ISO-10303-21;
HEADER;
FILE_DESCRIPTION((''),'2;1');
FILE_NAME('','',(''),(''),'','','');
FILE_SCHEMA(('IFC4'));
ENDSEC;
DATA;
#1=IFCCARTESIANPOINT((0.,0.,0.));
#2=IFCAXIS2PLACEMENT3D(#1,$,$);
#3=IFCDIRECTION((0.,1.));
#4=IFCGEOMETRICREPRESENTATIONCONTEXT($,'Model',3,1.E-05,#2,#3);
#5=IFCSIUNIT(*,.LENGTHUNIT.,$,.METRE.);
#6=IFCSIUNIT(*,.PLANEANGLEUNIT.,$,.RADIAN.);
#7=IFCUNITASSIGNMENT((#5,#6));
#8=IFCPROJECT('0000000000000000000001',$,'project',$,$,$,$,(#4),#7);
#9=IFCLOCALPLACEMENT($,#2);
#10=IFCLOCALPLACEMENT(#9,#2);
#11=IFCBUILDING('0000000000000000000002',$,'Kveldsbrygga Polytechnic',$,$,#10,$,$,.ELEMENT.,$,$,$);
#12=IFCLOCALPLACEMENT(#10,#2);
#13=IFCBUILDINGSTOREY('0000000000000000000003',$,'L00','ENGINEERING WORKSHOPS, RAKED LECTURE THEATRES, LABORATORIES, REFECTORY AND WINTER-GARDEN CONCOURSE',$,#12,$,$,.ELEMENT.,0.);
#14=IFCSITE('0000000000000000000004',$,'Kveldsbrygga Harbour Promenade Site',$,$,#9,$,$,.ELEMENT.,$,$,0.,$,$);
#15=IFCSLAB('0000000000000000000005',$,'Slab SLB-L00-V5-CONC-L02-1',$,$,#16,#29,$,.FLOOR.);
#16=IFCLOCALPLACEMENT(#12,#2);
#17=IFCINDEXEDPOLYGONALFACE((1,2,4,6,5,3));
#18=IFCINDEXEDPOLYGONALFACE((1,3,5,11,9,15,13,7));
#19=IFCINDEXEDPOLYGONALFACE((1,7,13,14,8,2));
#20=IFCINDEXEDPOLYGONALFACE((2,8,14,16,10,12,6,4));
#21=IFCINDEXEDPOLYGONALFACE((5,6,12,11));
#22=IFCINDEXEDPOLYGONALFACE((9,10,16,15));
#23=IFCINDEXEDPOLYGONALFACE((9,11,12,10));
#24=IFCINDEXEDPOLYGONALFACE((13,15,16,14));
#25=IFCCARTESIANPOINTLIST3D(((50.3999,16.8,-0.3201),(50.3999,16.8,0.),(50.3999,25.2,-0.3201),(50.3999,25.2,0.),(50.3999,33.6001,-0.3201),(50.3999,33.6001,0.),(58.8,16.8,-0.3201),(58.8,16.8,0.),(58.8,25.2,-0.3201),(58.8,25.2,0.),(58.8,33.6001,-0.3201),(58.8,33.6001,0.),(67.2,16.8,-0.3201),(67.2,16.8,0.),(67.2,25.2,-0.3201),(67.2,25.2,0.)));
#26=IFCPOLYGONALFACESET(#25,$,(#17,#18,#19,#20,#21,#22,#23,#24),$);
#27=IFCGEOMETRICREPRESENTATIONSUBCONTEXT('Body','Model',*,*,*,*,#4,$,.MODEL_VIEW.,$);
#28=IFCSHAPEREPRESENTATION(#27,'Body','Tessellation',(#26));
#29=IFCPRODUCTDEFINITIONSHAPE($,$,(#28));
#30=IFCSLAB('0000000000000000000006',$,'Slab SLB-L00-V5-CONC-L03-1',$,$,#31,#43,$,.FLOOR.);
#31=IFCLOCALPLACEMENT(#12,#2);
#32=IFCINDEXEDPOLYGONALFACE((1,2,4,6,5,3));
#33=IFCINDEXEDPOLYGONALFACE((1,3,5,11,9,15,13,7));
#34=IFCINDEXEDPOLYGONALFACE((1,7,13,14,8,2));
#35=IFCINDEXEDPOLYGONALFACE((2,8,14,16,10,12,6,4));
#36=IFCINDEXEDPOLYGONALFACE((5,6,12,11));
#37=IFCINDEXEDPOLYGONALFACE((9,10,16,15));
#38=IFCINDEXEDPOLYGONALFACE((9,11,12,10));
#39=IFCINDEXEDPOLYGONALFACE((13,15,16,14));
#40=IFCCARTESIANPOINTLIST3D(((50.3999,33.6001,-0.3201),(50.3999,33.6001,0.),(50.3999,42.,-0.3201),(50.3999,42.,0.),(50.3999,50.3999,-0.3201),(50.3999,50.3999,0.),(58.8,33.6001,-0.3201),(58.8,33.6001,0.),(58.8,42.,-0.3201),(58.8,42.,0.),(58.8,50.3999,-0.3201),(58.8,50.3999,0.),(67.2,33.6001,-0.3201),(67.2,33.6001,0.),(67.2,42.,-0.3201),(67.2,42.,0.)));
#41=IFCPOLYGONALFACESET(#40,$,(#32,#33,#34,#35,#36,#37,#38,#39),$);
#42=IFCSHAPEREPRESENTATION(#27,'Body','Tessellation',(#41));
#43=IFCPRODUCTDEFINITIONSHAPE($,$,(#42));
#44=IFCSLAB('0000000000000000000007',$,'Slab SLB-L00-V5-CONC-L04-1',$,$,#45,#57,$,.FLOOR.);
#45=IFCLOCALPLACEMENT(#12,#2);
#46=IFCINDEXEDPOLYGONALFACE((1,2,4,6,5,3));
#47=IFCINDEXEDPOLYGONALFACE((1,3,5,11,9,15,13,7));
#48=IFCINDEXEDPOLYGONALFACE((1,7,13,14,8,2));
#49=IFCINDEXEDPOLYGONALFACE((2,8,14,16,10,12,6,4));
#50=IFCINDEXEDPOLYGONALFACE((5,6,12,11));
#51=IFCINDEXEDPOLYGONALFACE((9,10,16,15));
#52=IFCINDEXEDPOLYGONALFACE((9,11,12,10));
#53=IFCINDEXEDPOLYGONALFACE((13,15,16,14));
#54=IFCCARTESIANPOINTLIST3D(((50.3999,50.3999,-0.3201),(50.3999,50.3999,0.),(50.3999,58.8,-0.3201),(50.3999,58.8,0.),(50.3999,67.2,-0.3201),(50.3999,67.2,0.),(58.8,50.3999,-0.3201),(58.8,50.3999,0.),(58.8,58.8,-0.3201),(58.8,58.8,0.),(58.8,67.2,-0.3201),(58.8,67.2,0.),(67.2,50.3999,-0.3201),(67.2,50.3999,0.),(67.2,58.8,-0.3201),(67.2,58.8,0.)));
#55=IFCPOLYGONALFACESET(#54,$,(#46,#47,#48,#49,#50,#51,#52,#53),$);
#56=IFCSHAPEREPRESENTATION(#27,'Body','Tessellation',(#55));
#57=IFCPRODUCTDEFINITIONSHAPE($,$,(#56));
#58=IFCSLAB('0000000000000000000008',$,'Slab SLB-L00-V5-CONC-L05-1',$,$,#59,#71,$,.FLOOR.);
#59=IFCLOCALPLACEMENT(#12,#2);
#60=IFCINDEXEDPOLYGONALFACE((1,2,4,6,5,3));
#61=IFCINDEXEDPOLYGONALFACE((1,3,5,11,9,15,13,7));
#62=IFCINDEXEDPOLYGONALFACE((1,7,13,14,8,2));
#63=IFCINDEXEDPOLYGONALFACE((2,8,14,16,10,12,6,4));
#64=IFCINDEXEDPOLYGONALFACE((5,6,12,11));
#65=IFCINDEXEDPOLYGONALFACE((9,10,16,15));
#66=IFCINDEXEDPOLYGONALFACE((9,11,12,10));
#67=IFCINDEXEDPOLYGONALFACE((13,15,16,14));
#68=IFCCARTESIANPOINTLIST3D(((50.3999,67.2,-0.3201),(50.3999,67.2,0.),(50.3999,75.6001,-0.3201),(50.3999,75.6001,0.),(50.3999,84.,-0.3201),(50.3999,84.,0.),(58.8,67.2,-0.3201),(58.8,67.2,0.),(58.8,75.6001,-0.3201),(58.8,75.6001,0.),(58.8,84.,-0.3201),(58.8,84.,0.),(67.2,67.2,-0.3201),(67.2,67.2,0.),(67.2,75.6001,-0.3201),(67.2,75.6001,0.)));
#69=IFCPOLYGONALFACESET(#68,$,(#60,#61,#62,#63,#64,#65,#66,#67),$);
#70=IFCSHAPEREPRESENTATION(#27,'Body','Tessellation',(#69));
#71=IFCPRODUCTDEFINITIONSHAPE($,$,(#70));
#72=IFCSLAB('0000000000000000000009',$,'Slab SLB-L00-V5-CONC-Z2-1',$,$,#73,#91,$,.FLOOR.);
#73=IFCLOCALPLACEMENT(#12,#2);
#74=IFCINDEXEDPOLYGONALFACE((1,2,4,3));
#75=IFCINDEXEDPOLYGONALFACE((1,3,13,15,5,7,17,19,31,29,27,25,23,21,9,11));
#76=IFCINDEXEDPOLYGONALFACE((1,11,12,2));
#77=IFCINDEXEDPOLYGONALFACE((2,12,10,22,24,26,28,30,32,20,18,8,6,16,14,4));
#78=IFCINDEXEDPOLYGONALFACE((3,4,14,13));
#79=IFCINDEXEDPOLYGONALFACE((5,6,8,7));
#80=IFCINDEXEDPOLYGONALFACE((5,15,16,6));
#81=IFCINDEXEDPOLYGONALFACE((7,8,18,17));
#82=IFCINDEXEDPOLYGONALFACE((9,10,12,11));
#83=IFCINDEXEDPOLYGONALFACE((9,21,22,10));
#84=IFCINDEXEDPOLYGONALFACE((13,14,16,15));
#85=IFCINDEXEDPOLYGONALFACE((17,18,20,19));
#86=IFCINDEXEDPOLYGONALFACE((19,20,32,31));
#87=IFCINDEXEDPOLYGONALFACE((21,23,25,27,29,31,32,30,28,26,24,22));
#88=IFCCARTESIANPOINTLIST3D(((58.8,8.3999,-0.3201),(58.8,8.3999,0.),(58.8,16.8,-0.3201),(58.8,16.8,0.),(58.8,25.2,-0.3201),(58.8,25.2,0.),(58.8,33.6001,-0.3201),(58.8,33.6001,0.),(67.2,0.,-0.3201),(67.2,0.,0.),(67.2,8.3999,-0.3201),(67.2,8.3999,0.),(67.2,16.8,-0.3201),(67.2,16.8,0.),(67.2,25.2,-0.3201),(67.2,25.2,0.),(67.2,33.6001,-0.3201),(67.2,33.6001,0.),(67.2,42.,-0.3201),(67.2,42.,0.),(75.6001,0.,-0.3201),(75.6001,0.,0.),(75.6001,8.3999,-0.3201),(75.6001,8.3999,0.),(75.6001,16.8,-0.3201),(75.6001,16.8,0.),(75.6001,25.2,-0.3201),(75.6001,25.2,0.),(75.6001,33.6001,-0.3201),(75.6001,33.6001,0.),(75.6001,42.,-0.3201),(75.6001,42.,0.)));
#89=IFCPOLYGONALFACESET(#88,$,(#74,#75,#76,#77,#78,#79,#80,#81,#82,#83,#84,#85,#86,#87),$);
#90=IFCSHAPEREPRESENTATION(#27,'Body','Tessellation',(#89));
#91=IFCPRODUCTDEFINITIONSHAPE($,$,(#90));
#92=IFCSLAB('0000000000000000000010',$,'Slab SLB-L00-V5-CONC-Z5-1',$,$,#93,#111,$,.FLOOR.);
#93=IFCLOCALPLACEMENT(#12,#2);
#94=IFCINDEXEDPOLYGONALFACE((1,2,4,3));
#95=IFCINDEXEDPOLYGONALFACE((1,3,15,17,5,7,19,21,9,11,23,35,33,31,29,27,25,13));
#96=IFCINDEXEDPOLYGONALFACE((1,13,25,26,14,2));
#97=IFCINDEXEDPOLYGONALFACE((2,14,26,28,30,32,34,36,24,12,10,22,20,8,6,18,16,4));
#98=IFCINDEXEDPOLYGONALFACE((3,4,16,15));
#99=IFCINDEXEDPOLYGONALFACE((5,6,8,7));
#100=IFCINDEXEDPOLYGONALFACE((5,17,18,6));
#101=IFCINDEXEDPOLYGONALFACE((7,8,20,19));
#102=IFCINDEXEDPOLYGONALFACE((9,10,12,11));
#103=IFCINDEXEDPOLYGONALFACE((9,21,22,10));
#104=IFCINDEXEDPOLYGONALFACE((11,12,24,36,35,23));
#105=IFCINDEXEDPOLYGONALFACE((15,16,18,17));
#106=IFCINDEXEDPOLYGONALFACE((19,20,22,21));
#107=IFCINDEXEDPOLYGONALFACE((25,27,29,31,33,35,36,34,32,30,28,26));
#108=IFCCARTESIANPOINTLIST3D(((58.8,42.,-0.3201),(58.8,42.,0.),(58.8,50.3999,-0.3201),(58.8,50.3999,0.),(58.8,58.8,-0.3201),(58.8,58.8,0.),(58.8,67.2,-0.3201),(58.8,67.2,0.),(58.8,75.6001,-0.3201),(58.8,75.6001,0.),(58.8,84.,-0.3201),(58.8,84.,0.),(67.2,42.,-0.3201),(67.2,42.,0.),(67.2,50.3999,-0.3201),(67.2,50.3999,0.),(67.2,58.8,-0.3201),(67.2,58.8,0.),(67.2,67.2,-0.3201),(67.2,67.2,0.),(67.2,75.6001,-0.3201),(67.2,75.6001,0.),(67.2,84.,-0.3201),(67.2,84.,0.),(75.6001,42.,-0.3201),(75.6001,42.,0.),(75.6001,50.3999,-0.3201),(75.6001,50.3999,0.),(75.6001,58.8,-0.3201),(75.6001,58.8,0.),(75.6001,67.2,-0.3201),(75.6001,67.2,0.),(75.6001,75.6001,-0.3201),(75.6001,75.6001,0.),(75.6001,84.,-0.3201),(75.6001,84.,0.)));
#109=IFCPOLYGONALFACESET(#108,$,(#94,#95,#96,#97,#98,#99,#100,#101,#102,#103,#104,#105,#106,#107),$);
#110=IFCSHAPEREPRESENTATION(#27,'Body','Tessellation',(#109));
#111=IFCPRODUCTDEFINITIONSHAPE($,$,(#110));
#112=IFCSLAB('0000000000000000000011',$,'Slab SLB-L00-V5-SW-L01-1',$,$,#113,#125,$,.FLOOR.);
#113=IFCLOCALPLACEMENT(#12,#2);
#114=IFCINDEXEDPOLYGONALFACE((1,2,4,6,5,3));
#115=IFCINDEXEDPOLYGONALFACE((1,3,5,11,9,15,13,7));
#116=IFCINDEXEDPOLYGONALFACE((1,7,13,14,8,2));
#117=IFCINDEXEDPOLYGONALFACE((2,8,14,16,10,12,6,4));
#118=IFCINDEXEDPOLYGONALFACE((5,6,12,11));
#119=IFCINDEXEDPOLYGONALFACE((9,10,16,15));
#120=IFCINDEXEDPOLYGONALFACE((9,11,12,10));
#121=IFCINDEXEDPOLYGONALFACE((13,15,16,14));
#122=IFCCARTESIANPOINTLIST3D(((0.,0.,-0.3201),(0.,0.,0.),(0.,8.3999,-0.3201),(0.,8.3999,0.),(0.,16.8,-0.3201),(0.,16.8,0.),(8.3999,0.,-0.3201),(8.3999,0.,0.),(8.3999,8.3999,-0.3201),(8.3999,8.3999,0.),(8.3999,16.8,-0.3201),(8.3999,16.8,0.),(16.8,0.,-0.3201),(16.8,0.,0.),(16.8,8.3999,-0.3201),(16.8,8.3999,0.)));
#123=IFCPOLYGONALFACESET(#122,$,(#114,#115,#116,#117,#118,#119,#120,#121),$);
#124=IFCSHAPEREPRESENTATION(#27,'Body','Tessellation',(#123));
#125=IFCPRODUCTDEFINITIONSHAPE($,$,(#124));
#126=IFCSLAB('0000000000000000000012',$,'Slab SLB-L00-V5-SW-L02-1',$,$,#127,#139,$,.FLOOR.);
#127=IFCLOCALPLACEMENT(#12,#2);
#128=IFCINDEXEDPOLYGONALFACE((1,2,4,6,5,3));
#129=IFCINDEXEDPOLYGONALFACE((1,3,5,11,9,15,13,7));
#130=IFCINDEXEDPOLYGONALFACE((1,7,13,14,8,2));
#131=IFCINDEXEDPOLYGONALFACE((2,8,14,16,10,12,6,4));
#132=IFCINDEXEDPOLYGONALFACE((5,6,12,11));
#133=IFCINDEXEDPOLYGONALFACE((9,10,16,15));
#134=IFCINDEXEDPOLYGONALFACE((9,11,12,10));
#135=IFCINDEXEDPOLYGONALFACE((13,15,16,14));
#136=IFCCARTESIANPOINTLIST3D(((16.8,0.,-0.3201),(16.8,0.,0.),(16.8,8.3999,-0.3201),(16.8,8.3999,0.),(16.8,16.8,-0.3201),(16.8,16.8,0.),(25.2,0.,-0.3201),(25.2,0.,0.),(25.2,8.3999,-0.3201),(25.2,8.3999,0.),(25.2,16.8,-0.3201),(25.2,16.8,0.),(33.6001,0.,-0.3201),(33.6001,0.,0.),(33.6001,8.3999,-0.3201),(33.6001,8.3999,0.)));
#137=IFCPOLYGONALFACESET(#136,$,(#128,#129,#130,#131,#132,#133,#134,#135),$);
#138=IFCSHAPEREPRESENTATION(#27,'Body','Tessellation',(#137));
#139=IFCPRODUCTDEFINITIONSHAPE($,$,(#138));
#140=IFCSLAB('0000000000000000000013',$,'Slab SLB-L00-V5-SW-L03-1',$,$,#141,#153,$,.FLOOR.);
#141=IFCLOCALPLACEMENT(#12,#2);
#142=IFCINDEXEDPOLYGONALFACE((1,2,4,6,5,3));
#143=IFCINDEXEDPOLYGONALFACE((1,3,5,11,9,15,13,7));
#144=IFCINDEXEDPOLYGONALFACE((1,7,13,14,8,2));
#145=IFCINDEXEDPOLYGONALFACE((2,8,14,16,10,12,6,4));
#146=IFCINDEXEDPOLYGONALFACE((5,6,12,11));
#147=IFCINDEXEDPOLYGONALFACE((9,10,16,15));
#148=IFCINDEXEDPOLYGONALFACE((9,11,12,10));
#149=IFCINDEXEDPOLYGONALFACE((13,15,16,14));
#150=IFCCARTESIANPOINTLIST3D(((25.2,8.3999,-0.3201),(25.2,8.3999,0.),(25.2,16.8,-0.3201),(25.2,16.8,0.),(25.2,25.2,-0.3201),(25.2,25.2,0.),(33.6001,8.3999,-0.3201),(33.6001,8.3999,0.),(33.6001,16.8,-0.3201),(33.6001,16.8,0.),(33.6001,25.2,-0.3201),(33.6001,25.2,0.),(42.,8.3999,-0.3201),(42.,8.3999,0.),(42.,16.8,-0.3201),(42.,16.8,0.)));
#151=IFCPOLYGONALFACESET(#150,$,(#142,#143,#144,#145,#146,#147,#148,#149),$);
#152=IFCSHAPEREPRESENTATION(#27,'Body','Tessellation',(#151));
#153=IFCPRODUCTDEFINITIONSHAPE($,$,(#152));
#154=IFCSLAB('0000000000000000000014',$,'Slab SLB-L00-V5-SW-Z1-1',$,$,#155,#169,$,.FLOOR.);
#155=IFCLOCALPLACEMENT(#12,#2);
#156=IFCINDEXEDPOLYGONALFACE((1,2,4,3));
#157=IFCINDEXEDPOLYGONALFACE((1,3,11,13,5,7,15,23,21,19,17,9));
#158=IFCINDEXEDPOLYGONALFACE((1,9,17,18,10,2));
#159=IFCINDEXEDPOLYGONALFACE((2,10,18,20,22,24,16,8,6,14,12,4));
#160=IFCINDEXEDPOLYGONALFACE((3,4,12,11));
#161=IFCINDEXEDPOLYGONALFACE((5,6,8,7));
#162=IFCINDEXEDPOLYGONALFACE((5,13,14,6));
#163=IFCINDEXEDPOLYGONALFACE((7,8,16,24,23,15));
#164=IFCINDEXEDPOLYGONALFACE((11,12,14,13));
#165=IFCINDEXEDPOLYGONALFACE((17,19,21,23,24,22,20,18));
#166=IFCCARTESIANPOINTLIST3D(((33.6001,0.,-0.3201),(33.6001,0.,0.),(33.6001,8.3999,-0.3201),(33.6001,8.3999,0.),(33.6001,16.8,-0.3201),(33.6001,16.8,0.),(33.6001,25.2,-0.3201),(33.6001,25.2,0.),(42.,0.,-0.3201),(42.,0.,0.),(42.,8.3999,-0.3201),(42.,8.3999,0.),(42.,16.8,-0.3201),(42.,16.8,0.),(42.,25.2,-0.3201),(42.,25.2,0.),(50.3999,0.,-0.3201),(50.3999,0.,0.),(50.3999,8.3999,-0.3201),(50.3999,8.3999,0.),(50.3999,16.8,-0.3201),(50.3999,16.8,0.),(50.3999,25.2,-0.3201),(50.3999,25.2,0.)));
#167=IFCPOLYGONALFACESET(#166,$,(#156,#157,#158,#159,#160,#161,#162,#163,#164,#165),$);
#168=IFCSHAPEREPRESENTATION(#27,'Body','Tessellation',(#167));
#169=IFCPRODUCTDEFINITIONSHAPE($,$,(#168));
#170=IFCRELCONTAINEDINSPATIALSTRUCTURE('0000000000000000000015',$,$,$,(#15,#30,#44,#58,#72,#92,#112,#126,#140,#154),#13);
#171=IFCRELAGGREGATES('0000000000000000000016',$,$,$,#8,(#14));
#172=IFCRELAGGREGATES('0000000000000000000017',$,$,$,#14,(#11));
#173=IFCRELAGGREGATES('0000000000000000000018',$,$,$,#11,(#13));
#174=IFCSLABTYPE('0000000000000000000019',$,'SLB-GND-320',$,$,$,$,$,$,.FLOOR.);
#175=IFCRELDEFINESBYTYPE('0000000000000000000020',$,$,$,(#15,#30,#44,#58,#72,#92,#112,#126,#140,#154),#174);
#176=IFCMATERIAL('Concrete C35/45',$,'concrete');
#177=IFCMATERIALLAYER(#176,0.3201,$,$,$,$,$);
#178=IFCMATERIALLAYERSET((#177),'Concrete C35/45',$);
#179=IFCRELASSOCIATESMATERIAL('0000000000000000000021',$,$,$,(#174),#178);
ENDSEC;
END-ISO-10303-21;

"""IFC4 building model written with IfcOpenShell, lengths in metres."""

from ifc_helpers import new_model, si_unit, direction, frame, origin, place, context, subcontext, project, spatial, polyline, outline, extrude, material, layer, layer_set, type_object, element, save


model = new_model("IFC4")

# Units and contexts
model_context = context("Model", 3, precision=1e-05, world=origin(), true_north=direction((0.0, 1.0)))
body_context = subcontext(model_context, "Body", "Model", "MODEL_VIEW")
ifc_project = project(units=[si_unit("LENGTHUNIT", "METRE"), si_unit("PLANEANGLEUNIT", "RADIAN")], contexts=[model_context])

# Site, building, storey
site_placement = place(None, origin())
site = spatial("IfcSite", under=ifc_project, at=site_placement, Name="Kveldsbrygga Harbour Promenade Site", CompositionType="ELEMENT", RefElevation=0.0)
building_placement = place(site_placement, origin())
building = spatial("IfcBuilding", under=site, at=building_placement, Name="Kveldsbrygga Polytechnic", CompositionType="ELEMENT")
storey_placement = place(building_placement, origin())
storey = spatial("IfcBuildingStorey", under=building, at=storey_placement, Name="L00", Description="ENGINEERING WORKSHOPS, RAKED LECTURE THEATRES, LABORATORIES, REFECTORY AND WINTER-GARDEN CONCOURSE", CompositionType="ELEMENT", Elevation=0.0)

# Slabs
ifc_material = material(Name="Concrete C35/45", Category="concrete")
ifc_layer_1 = layer(ifc_material, 0.3201)
ifc_layer_set_1 = layer_set([ifc_layer_1], Name="Concrete C35/45")
slab_type_1 = type_object("IfcSlabType", Name="SLB-GND-320", PredefinedType="FLOOR", material=ifc_layer_set_1)
slab_1_placement = place(storey_placement, frame((0.0, 0.0, -0.3201)))
element("IfcSlab", 1, at=slab_1_placement, inside=storey, type_object=slab_type_1, Name="Slab SLB-L00-V5-CONC-L02-1", PredefinedType="FLOOR", context=body_context, shape_type="SweptSolid", body=[
    extrude(outline(polyline([(50.3999, 16.8), (50.3999, 25.2), (50.3999, 33.6001), (58.8, 33.6001), (58.8, 25.2), (67.2, 25.2), (67.2, 16.8), (58.8, 16.8), (50.3999, 16.8)])), origin(), (0.0, 0.0, 1.0), 0.3201),
])
slab_2_placement = place(storey_placement, frame((0.0, 0.0, -0.3201)))
element("IfcSlab", 2, at=slab_2_placement, inside=storey, type_object=slab_type_1, Name="Slab SLB-L00-V5-CONC-L03-1", PredefinedType="FLOOR", context=body_context, shape_type="SweptSolid", body=[
    extrude(outline(polyline([(50.3999, 33.6001), (50.3999, 42.0), (50.3999, 50.3999), (58.8, 50.3999), (58.8, 42.0), (67.2, 42.0), (67.2, 33.6001), (58.8, 33.6001), (50.3999, 33.6001)])), origin(), (0.0, 0.0, 1.0), 0.3201),
])
slab_3_placement = place(storey_placement, frame((0.0, 0.0, -0.3201)))
element("IfcSlab", 3, at=slab_3_placement, inside=storey, type_object=slab_type_1, Name="Slab SLB-L00-V5-CONC-L04-1", PredefinedType="FLOOR", context=body_context, shape_type="SweptSolid", body=[
    extrude(outline(polyline([(50.3999, 50.3999), (50.3999, 58.8), (50.3999, 67.2), (58.8, 67.2), (58.8, 58.8), (67.2, 58.8), (67.2, 50.3999), (58.8, 50.3999), (50.3999, 50.3999)])), origin(), (0.0, 0.0, 1.0), 0.3201),
])
slab_4_placement = place(storey_placement, frame((0.0, 0.0, -0.3201)))
element("IfcSlab", 4, at=slab_4_placement, inside=storey, type_object=slab_type_1, Name="Slab SLB-L00-V5-CONC-L05-1", PredefinedType="FLOOR", context=body_context, shape_type="SweptSolid", body=[
    extrude(outline(polyline([(50.3999, 67.2), (50.3999, 75.6001), (50.3999, 84.0), (58.8, 84.0), (58.8, 75.6001), (67.2, 75.6001), (67.2, 67.2), (58.8, 67.2), (50.3999, 67.2)])), origin(), (0.0, 0.0, 1.0), 0.3201),
])
slab_5_placement = place(storey_placement, frame((0.0, 0.0, -0.3201)))
element("IfcSlab", 5, at=slab_5_placement, inside=storey, type_object=slab_type_1, Name="Slab SLB-L00-V5-CONC-Z2-1", PredefinedType="FLOOR", context=body_context, shape_type="SweptSolid", body=[
    extrude(outline(polyline([(67.2, 0.0), (67.2, 8.3999), (58.8, 8.3999), (58.8, 16.8), (67.2, 16.8), (67.2, 25.2), (58.8, 25.2), (58.8, 33.6001), (67.2, 33.6001), (67.2, 42.0), (75.6001, 42.0), (75.6001, 33.6001), (75.6001, 25.2), (75.6001, 16.8), (75.6001, 8.3999), (75.6001, 0.0), (67.2, 0.0)])), origin(), (0.0, 0.0, 1.0), 0.3201),
])
slab_6_placement = place(storey_placement, frame((0.0, 0.0, -0.3201)))
element("IfcSlab", 6, at=slab_6_placement, inside=storey, type_object=slab_type_1, Name="Slab SLB-L00-V5-CONC-Z5-1", PredefinedType="FLOOR", context=body_context, shape_type="SweptSolid", body=[
    extrude(outline(polyline([(67.2, 50.3999), (67.2, 58.8), (58.8, 58.8), (58.8, 67.2), (67.2, 67.2), (67.2, 75.6001), (58.8, 75.6001), (58.8, 84.0), (67.2, 84.0), (75.6001, 84.0), (75.6001, 75.6001), (75.6001, 67.2), (75.6001, 58.8), (75.6001, 50.3999), (75.6001, 42.0), (67.2, 42.0), (58.8, 42.0), (58.8, 50.3999), (67.2, 50.3999)])), origin(), (0.0, 0.0, 1.0), 0.3201),
])
slab_7_placement = place(storey_placement, frame((0.0, 0.0, -0.3201)))
element("IfcSlab", 7, at=slab_7_placement, inside=storey, type_object=slab_type_1, Name="Slab SLB-L00-V5-SW-L01-1", PredefinedType="FLOOR", context=body_context, shape_type="SweptSolid", body=[
    extrude(outline(polyline([(0.0, 0.0), (0.0, 8.3999), (0.0, 16.8), (8.3999, 16.8), (8.3999, 8.3999), (16.8, 8.3999), (16.8, 0.0), (8.3999, 0.0), (0.0, 0.0)])), origin(), (0.0, 0.0, 1.0), 0.3201),
])
slab_8_placement = place(storey_placement, frame((0.0, 0.0, -0.3201)))
element("IfcSlab", 8, at=slab_8_placement, inside=storey, type_object=slab_type_1, Name="Slab SLB-L00-V5-SW-L02-1", PredefinedType="FLOOR", context=body_context, shape_type="SweptSolid", body=[
    extrude(outline(polyline([(16.8, 0.0), (16.8, 8.3999), (16.8, 16.8), (25.2, 16.8), (25.2, 8.3999), (33.6001, 8.3999), (33.6001, 0.0), (25.2, 0.0), (16.8, 0.0)])), origin(), (0.0, 0.0, 1.0), 0.3201),
])
slab_9_placement = place(storey_placement, frame((0.0, 0.0, -0.3201)))
element("IfcSlab", 9, at=slab_9_placement, inside=storey, type_object=slab_type_1, Name="Slab SLB-L00-V5-SW-L03-1", PredefinedType="FLOOR", context=body_context, shape_type="SweptSolid", body=[
    extrude(outline(polyline([(25.2, 8.3999), (25.2, 16.8), (25.2, 25.2), (33.6001, 25.2), (33.6001, 16.8), (42.0, 16.8), (42.0, 8.3999), (33.6001, 8.3999), (25.2, 8.3999)])), origin(), (0.0, 0.0, 1.0), 0.3201),
])
slab_10_placement = place(storey_placement, frame((0.0, 0.0, -0.3201)))
element("IfcSlab", 10, at=slab_10_placement, inside=storey, type_object=slab_type_1, Name="Slab SLB-L00-V5-SW-Z1-1", PredefinedType="FLOOR", context=body_context, shape_type="SweptSolid", body=[
    extrude(outline(polyline([(42.0, 8.3999), (42.0, 16.8), (33.6001, 16.8), (33.6001, 25.2), (42.0, 25.2), (50.3999, 25.2), (50.3999, 16.8), (50.3999, 8.3999), (50.3999, 0.0), (42.0, 0.0), (33.6001, 0.0), (33.6001, 8.3999), (42.0, 8.3999)])), origin(), (0.0, 0.0, 1.0), 0.3201),
])

save(model, "model.ifc")
